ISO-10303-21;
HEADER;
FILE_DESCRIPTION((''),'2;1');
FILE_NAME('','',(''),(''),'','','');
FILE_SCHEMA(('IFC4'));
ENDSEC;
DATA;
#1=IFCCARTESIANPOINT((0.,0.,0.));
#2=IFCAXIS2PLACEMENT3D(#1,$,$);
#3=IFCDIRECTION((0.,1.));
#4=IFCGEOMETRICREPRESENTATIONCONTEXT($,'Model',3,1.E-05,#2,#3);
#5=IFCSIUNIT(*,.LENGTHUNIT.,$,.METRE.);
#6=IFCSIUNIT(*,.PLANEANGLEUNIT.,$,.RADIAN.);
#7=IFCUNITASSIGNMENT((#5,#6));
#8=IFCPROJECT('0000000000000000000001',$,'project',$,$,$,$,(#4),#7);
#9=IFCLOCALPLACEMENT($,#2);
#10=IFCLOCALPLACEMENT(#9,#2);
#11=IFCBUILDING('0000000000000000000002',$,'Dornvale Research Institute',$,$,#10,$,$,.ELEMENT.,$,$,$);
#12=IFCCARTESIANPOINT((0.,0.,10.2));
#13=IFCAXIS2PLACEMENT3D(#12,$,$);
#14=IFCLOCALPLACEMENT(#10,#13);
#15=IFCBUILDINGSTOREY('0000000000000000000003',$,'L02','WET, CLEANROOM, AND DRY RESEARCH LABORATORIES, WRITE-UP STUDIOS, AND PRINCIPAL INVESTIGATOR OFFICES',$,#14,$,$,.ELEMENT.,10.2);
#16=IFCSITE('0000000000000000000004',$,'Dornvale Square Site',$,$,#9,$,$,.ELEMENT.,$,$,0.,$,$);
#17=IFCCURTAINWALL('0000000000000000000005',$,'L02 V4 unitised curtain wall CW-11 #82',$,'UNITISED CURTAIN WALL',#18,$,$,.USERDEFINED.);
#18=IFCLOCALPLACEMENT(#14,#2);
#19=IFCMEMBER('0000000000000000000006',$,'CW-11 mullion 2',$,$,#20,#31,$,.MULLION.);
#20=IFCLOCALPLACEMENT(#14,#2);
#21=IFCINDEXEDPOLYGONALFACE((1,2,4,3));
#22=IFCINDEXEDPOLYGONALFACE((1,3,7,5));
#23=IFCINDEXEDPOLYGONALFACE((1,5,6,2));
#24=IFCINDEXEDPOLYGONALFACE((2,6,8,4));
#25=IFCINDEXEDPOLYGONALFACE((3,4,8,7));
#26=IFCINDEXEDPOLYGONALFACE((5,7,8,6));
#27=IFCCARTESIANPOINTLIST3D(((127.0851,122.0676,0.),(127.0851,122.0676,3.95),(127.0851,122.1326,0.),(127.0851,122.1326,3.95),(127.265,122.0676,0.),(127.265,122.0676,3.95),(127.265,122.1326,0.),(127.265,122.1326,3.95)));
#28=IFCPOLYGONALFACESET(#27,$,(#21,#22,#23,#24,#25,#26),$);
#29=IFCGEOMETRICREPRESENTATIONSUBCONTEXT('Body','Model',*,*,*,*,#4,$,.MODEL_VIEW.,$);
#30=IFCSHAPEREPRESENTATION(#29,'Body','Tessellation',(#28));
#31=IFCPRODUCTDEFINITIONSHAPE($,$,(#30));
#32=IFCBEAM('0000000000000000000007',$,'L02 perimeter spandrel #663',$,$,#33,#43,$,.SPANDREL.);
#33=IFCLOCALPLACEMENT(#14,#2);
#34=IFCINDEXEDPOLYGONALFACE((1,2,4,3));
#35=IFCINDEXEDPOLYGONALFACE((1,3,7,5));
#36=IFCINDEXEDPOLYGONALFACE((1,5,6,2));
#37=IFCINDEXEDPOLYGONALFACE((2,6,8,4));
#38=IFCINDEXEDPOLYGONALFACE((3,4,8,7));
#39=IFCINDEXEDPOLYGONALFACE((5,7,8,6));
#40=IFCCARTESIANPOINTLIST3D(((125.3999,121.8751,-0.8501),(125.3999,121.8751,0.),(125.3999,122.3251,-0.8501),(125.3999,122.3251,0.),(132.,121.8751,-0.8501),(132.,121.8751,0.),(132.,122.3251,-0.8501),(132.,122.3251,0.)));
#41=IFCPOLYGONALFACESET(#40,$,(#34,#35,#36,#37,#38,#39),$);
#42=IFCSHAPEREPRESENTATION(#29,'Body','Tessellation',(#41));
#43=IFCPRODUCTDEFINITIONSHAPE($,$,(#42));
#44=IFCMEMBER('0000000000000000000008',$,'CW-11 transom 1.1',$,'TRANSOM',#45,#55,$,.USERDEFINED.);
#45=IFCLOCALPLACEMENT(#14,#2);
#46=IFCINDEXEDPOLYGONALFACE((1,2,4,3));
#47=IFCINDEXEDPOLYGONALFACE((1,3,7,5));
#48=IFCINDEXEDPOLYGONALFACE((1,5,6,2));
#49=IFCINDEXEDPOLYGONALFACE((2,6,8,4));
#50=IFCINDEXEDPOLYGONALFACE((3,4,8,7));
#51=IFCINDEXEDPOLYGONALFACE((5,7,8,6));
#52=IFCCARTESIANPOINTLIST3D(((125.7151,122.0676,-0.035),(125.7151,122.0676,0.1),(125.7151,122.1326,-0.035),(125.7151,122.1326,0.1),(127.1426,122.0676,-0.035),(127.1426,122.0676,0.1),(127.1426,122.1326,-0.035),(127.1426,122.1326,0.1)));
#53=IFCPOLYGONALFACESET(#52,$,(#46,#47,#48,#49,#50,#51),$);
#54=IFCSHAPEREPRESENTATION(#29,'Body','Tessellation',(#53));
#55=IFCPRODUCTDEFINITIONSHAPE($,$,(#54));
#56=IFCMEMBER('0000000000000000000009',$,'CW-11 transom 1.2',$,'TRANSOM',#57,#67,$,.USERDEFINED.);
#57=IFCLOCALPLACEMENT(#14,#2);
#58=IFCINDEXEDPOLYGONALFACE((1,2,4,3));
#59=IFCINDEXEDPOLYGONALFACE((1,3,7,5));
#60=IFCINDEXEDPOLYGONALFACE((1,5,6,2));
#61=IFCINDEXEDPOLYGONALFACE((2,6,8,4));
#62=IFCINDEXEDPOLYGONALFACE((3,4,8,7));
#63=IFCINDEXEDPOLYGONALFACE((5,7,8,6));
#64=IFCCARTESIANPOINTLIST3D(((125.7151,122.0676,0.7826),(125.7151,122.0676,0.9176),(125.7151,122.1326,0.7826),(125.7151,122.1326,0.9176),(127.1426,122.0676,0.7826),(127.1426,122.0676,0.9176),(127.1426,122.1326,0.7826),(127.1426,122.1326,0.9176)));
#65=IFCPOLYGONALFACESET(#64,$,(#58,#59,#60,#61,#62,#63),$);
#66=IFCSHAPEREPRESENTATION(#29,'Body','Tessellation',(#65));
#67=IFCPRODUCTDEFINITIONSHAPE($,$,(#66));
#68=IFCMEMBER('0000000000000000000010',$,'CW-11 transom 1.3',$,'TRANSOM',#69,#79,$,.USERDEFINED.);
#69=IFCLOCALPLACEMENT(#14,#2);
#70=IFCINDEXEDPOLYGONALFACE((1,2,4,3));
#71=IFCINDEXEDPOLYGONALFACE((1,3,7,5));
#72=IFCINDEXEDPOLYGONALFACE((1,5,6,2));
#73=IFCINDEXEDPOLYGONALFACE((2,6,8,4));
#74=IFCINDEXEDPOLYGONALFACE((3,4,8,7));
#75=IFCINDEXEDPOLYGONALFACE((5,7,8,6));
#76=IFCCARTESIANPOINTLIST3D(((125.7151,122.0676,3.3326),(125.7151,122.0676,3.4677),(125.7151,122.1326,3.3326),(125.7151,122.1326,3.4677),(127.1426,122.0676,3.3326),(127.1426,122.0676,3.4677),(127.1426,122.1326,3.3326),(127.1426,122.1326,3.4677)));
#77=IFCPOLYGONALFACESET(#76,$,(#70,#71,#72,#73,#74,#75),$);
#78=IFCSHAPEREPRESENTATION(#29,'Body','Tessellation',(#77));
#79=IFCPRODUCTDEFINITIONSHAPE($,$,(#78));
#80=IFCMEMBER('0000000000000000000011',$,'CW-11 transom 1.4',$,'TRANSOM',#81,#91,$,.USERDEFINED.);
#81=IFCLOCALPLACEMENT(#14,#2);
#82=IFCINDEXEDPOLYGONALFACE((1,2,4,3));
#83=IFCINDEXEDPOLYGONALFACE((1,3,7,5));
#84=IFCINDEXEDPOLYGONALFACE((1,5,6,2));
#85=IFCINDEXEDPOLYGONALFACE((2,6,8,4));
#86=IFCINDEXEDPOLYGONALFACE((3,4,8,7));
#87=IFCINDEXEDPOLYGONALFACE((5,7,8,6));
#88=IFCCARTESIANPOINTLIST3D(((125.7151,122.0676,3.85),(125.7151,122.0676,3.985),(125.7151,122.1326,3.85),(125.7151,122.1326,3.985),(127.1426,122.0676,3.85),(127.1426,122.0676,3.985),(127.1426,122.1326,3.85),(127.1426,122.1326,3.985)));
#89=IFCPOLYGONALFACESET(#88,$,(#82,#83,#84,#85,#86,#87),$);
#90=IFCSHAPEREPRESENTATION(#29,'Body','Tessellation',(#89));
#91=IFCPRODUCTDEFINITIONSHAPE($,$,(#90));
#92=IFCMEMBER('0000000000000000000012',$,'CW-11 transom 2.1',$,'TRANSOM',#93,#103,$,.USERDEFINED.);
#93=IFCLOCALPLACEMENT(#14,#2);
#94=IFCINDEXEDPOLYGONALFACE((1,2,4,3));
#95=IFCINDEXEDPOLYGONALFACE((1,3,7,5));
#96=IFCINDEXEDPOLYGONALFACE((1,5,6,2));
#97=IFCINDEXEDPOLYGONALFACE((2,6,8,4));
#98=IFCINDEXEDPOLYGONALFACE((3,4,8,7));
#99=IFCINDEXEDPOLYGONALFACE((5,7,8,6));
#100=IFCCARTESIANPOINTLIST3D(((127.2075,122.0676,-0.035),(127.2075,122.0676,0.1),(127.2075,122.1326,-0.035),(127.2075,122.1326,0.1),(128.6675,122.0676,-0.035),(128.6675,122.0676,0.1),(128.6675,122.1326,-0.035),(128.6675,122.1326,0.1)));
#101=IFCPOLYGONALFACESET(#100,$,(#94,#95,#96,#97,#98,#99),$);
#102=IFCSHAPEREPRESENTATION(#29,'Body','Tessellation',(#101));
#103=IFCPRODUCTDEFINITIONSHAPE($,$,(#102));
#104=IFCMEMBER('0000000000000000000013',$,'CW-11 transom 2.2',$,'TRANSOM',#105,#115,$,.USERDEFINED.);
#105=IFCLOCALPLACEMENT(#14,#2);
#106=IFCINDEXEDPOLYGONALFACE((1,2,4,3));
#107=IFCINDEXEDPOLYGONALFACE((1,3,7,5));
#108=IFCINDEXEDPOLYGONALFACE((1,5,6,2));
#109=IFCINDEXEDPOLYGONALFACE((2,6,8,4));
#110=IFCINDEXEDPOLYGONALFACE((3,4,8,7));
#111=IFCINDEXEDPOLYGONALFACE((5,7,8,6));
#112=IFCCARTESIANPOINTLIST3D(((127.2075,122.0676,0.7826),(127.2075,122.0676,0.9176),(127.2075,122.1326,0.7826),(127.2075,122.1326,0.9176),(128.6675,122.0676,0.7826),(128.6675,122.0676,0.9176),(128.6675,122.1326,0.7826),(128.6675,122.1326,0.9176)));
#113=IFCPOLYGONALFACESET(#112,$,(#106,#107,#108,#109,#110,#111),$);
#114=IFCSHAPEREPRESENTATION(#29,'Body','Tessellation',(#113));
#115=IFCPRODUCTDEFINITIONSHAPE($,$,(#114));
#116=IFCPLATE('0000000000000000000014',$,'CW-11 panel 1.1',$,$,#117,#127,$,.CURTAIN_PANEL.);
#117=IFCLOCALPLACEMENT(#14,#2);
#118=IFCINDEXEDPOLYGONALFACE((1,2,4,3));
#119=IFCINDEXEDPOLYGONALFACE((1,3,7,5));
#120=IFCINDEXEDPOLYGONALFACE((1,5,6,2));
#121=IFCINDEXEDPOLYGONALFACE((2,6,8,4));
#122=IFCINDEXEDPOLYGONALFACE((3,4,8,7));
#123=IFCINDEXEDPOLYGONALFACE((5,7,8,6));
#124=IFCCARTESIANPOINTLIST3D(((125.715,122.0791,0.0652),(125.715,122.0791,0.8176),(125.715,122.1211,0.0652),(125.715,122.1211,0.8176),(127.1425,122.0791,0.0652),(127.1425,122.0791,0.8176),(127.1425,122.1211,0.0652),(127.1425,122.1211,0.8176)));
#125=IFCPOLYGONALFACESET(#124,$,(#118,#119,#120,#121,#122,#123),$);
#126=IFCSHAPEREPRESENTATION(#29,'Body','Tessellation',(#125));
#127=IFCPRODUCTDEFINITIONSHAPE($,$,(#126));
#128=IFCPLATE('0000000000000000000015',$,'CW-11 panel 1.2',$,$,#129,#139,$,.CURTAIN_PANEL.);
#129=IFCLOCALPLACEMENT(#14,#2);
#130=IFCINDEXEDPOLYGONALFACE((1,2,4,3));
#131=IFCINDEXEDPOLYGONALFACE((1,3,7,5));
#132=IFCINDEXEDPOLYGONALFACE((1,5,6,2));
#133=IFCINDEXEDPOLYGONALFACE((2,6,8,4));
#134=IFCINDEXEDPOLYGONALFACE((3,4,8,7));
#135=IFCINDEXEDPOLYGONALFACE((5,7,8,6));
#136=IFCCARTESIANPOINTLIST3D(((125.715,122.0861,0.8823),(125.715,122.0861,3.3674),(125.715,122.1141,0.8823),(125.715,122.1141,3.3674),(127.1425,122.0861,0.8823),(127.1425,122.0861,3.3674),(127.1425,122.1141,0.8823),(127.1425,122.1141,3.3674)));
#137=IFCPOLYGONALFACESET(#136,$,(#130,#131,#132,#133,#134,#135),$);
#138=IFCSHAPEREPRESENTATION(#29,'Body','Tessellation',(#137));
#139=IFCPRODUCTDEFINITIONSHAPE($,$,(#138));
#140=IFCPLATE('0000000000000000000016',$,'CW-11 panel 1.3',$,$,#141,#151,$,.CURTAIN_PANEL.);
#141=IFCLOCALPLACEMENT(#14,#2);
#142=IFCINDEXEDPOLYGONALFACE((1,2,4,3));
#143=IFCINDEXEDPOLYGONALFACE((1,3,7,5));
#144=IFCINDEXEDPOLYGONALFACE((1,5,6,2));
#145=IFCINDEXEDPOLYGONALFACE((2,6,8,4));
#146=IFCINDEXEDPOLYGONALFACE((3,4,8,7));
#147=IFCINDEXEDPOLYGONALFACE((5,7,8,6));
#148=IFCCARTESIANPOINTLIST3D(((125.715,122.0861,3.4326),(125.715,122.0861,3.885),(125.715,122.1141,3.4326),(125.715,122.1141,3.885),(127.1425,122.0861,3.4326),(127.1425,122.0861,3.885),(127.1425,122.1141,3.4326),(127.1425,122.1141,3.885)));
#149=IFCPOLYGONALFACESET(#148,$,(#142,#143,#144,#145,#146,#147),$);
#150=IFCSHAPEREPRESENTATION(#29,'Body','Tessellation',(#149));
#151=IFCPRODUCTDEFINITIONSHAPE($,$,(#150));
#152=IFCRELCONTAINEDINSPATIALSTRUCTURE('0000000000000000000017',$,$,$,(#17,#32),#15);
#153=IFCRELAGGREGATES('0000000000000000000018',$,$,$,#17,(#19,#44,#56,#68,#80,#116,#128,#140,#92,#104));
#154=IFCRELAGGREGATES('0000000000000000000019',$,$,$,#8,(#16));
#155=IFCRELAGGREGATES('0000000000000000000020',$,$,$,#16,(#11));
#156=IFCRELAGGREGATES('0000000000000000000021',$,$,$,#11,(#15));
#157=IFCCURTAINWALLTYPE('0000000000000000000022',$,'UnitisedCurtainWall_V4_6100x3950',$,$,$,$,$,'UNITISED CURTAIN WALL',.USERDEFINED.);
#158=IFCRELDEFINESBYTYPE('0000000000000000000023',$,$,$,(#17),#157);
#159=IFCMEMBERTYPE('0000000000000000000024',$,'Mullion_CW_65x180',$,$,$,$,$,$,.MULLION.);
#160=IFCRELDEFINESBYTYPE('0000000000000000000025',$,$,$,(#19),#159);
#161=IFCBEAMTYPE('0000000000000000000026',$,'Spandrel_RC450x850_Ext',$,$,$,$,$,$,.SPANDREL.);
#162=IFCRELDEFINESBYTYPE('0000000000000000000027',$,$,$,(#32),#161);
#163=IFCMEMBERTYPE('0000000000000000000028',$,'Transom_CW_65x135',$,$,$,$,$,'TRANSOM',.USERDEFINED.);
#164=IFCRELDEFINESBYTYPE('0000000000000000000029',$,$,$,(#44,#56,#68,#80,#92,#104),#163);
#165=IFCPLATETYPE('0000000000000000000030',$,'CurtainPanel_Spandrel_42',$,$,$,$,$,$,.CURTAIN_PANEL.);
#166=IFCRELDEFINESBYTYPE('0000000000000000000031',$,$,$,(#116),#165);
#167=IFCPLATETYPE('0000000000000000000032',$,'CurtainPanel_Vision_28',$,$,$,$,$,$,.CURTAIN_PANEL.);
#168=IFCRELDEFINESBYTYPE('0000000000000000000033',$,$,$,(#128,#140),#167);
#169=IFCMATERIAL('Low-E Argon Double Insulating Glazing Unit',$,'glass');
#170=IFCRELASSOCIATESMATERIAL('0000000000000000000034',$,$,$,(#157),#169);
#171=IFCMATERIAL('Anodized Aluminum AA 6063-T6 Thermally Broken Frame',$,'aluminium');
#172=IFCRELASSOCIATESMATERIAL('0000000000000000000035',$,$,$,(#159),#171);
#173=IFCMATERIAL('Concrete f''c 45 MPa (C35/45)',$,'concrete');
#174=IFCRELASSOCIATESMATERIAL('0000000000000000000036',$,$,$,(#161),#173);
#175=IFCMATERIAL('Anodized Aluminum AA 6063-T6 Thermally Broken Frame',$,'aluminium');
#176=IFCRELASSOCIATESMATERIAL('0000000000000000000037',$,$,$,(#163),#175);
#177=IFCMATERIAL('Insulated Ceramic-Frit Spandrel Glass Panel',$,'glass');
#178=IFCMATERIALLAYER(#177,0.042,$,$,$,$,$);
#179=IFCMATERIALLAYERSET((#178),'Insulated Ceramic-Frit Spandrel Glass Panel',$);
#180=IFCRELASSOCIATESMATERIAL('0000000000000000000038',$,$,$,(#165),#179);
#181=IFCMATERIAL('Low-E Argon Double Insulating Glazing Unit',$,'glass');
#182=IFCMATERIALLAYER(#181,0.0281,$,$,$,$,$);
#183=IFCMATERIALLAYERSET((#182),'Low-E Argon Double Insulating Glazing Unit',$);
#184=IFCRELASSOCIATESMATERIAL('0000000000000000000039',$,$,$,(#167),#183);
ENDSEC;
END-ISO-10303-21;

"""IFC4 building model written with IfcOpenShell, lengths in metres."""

from ifc_helpers import new_model, si_unit, direction, frame, origin, origin_2d, place, context, subcontext, project, spatial, rectangle, extrude, material, layer, layer_set, material_profile, profile_set, type_object, element, aggregate, save


model = new_model("IFC4")

# Units and contexts
model_context = context("Model", 3, precision=1e-05, world=origin(), true_north=direction((0.0, 1.0)))
body_context = subcontext(model_context, "Body", "Model", "MODEL_VIEW")
ifc_project = project(units=[si_unit("LENGTHUNIT", "METRE"), si_unit("PLANEANGLEUNIT", "RADIAN")], contexts=[model_context])

# Site, building, storey
site_placement = place(None, origin())
site = spatial("IfcSite", under=ifc_project, at=site_placement, Name="Dornvale Square Site", CompositionType="ELEMENT", RefElevation=0.0)
building_placement = place(site_placement, origin())
building = spatial("IfcBuilding", under=site, at=building_placement, Name="Dornvale Research Institute", CompositionType="ELEMENT")
storey_placement = place(building_placement, frame((0.0, 0.0, 10.2)))
storey = spatial("IfcBuildingStorey", under=building, at=storey_placement, Name="L02", Description="WET, CLEANROOM, AND DRY RESEARCH LABORATORIES, WRITE-UP STUDIOS, AND PRINCIPAL INVESTIGATOR OFFICES", CompositionType="ELEMENT", Elevation=10.2)

# Curtain wall, member
ifc_material_1 = material(Name="Low-E Argon Double Insulating Glazing Unit", Category="glass")
curtain_wall_type = type_object("IfcCurtainWallType", Name="UnitisedCurtainWall_V4_6100x3950", ElementType="UNITISED CURTAIN WALL", PredefinedType="USERDEFINED", material=ifc_material_1)
curtain_wall_placement = place(storey_placement, origin())
curtain_wall = element("IfcCurtainWall", 1, at=curtain_wall_placement, inside=storey, type_object=curtain_wall_type, Name="L02 V4 unitised curtain wall CW-11 #82", ObjectType="UNITISED CURTAIN WALL", PredefinedType="USERDEFINED")
ifc_material_2 = material(Name="Anodized Aluminum AA 6063-T6 Thermally Broken Frame", Category="aluminium")
ifc_material_profile_1 = material_profile(ifc_material_2, rectangle(XDim=0.0649, YDim=0.1799, at=origin_2d()), Name="ALU MULLION 65x180")
ifc_profile_set_1 = profile_set([ifc_material_profile_1], Name="Anodized Aluminum AA 6063-T6 Thermally Broken Frame")
member_type_1 = type_object("IfcMemberType", Name="Mullion_CW_65x180", PredefinedType="MULLION", material=ifc_profile_set_1)
member_1_placement = place(storey_placement, frame((127.175, 122.1001, 0.0), z_axis=(0.0, 0.0, 1.0), x_axis=(0.0, 1.0, 0.0)))
member_1 = element("IfcMember", 2, at=member_1_placement, type_object=member_type_1, Name="CW-11 mullion 2", PredefinedType="MULLION", context=body_context, shape_type="SweptSolid", body=[
    extrude(rectangle(XDim=0.0649, YDim=0.1799, at=origin_2d()), origin(), (0.0, 0.0, 1.0), 3.95),
])

# Beam
ifc_material_3 = material(Name="Concrete f'c 45 MPa (C35/45)", Category="concrete")
ifc_material_profile_2 = material_profile(ifc_material_3, rectangle(XDim=0.45, YDim=0.8501, at=origin_2d()), Name="RC 450x850")
ifc_profile_set_2 = profile_set([ifc_material_profile_2], Name="Concrete f'c 45 MPa (C35/45)")
beam_type_1 = type_object("IfcBeamType", Name="Spandrel_RC450x850_Ext", PredefinedType="SPANDREL", material=ifc_profile_set_2)
beam_1_placement = place(storey_placement, frame((125.3999, 122.1001, -0.425), z_axis=(1.0, 0.0, 0.0), x_axis=(0.0, 1.0, 0.0)))
element("IfcBeam", 3, at=beam_1_placement, inside=storey, type_object=beam_type_1, Name="L02 perimeter spandrel #663", PredefinedType="SPANDREL", context=body_context, shape_type="SweptSolid", body=[
    extrude(rectangle(XDim=0.45, YDim=0.8501, at=origin_2d()), origin(), (0.0, 0.0, 1.0), 6.6001),
])

# Members
ifc_material_4 = material(Name="Anodized Aluminum AA 6063-T6 Thermally Broken Frame", Category="aluminium")
ifc_material_profile_3 = material_profile(ifc_material_4, rectangle(XDim=0.0649, YDim=0.135, at=origin_2d()), Name="ALU TRANSOM 65x135")
ifc_profile_set_3 = profile_set([ifc_material_profile_3], Name="Anodized Aluminum AA 6063-T6 Thermally Broken Frame")
member_type_2 = type_object("IfcMemberType", Name="Transom_CW_65x135", ElementType="TRANSOM", PredefinedType="USERDEFINED", material=ifc_profile_set_3)
member_2_placement = place(storey_placement, frame((125.7151, 122.1001, 0.0325), z_axis=(1.0, 0.0, 0.0), x_axis=(0.0, 1.0, 0.0)))
member_2 = element("IfcMember", 4, at=member_2_placement, type_object=member_type_2, Name="CW-11 transom 1.1", ObjectType="TRANSOM", PredefinedType="USERDEFINED", context=body_context, shape_type="SweptSolid", body=[
    extrude(rectangle(XDim=0.0649, YDim=0.135, at=origin_2d()), origin(), (0.0, 0.0, 1.0), 1.4275),
])
member_3_placement = place(storey_placement, frame((125.7151, 122.1001, 0.8501), z_axis=(1.0, 0.0, 0.0), x_axis=(0.0, 1.0, 0.0)))
member_3 = element("IfcMember", 5, at=member_3_placement, type_object=member_type_2, Name="CW-11 transom 1.2", ObjectType="TRANSOM", PredefinedType="USERDEFINED", context=body_context, shape_type="SweptSolid", body=[
    extrude(rectangle(XDim=0.0649, YDim=0.135, at=origin_2d()), origin(), (0.0, 0.0, 1.0), 1.4275),
])
member_4_placement = place(storey_placement, frame((125.7151, 122.1001, 3.4001), z_axis=(1.0, 0.0, 0.0), x_axis=(0.0, 1.0, 0.0)))
member_4 = element("IfcMember", 6, at=member_4_placement, type_object=member_type_2, Name="CW-11 transom 1.3", ObjectType="TRANSOM", PredefinedType="USERDEFINED", context=body_context, shape_type="SweptSolid", body=[
    extrude(rectangle(XDim=0.0649, YDim=0.135, at=origin_2d()), origin(), (0.0, 0.0, 1.0), 1.4275),
])
member_5_placement = place(storey_placement, frame((125.7151, 122.1001, 3.9175), z_axis=(1.0, 0.0, 0.0), x_axis=(0.0, 1.0, 0.0)))
member_5 = element("IfcMember", 7, at=member_5_placement, type_object=member_type_2, Name="CW-11 transom 1.4", ObjectType="TRANSOM", PredefinedType="USERDEFINED", context=body_context, shape_type="SweptSolid", body=[
    extrude(rectangle(XDim=0.0649, YDim=0.135, at=origin_2d()), origin(), (0.0, 0.0, 1.0), 1.4275),
])
member_6_placement = place(storey_placement, frame((127.2075, 122.1001, 0.0325), z_axis=(1.0, 0.0, 0.0), x_axis=(0.0, 1.0, 0.0)))
member_6 = element("IfcMember", 8, at=member_6_placement, type_object=member_type_2, Name="CW-11 transom 2.1", ObjectType="TRANSOM", PredefinedType="USERDEFINED", context=body_context, shape_type="SweptSolid", body=[
    extrude(rectangle(XDim=0.0649, YDim=0.135, at=origin_2d()), origin(), (0.0, 0.0, 1.0), 1.46),
])
member_7_placement = place(storey_placement, frame((127.2075, 122.1001, 0.8501), z_axis=(1.0, 0.0, 0.0), x_axis=(0.0, 1.0, 0.0)))
member_7 = element("IfcMember", 9, at=member_7_placement, type_object=member_type_2, Name="CW-11 transom 2.2", ObjectType="TRANSOM", PredefinedType="USERDEFINED", context=body_context, shape_type="SweptSolid", body=[
    extrude(rectangle(XDim=0.0649, YDim=0.135, at=origin_2d()), origin(), (0.0, 0.0, 1.0), 1.46),
])

# Plates
ifc_material_5 = material(Name="Insulated Ceramic-Frit Spandrel Glass Panel", Category="glass")
ifc_layer_1 = layer(ifc_material_5, 0.042)
ifc_layer_set_1 = layer_set([ifc_layer_1], Name="Insulated Ceramic-Frit Spandrel Glass Panel")
plate_type_1 = type_object("IfcPlateType", Name="CurtainPanel_Spandrel_42", PredefinedType="CURTAIN_PANEL", material=ifc_layer_set_1)
plate_1_placement = place(storey_placement, frame((126.4287, 122.1001, 0.0652), z_axis=(0.0, 0.0, 1.0), x_axis=(1.0, 0.0, 0.0)))
plate_1 = element("IfcPlate", 10, at=plate_1_placement, type_object=plate_type_1, Name="CW-11 panel 1.1", PredefinedType="CURTAIN_PANEL", context=body_context, shape_type="SweptSolid", body=[
    extrude(rectangle(XDim=1.4275, YDim=0.042, at=origin_2d()), origin(), (0.0, 0.0, 1.0), 0.7524),
])
ifc_material_6 = material(Name="Low-E Argon Double Insulating Glazing Unit", Category="glass")
ifc_layer_2 = layer(ifc_material_6, 0.0281)
ifc_layer_set_2 = layer_set([ifc_layer_2], Name="Low-E Argon Double Insulating Glazing Unit")
plate_type_2 = type_object("IfcPlateType", Name="CurtainPanel_Vision_28", PredefinedType="CURTAIN_PANEL", material=ifc_layer_set_2)
plate_2_placement = place(storey_placement, frame((126.4287, 122.1001, 0.8823), z_axis=(0.0, 0.0, 1.0), x_axis=(1.0, 0.0, 0.0)))
plate_2 = element("IfcPlate", 11, at=plate_2_placement, type_object=plate_type_2, Name="CW-11 panel 1.2", PredefinedType="CURTAIN_PANEL", context=body_context, shape_type="SweptSolid", body=[
    extrude(rectangle(XDim=1.4275, YDim=0.0281, at=origin_2d()), origin(), (0.0, 0.0, 1.0), 2.4851),
])
plate_3_placement = place(storey_placement, frame((126.4287, 122.1001, 3.4326), z_axis=(0.0, 0.0, 1.0), x_axis=(1.0, 0.0, 0.0)))
plate_3 = element("IfcPlate", 12, at=plate_3_placement, type_object=plate_type_2, Name="CW-11 panel 1.3", PredefinedType="CURTAIN_PANEL", context=body_context, shape_type="SweptSolid", body=[
    extrude(rectangle(XDim=1.4275, YDim=0.0281, at=origin_2d()), origin(), (0.0, 0.0, 1.0), 0.4524),
])
aggregate(curtain_wall, [member_1, member_2, member_3, member_4, member_5, plate_1, plate_2, plate_3, member_6, member_7])

save(model, "model.ifc")
